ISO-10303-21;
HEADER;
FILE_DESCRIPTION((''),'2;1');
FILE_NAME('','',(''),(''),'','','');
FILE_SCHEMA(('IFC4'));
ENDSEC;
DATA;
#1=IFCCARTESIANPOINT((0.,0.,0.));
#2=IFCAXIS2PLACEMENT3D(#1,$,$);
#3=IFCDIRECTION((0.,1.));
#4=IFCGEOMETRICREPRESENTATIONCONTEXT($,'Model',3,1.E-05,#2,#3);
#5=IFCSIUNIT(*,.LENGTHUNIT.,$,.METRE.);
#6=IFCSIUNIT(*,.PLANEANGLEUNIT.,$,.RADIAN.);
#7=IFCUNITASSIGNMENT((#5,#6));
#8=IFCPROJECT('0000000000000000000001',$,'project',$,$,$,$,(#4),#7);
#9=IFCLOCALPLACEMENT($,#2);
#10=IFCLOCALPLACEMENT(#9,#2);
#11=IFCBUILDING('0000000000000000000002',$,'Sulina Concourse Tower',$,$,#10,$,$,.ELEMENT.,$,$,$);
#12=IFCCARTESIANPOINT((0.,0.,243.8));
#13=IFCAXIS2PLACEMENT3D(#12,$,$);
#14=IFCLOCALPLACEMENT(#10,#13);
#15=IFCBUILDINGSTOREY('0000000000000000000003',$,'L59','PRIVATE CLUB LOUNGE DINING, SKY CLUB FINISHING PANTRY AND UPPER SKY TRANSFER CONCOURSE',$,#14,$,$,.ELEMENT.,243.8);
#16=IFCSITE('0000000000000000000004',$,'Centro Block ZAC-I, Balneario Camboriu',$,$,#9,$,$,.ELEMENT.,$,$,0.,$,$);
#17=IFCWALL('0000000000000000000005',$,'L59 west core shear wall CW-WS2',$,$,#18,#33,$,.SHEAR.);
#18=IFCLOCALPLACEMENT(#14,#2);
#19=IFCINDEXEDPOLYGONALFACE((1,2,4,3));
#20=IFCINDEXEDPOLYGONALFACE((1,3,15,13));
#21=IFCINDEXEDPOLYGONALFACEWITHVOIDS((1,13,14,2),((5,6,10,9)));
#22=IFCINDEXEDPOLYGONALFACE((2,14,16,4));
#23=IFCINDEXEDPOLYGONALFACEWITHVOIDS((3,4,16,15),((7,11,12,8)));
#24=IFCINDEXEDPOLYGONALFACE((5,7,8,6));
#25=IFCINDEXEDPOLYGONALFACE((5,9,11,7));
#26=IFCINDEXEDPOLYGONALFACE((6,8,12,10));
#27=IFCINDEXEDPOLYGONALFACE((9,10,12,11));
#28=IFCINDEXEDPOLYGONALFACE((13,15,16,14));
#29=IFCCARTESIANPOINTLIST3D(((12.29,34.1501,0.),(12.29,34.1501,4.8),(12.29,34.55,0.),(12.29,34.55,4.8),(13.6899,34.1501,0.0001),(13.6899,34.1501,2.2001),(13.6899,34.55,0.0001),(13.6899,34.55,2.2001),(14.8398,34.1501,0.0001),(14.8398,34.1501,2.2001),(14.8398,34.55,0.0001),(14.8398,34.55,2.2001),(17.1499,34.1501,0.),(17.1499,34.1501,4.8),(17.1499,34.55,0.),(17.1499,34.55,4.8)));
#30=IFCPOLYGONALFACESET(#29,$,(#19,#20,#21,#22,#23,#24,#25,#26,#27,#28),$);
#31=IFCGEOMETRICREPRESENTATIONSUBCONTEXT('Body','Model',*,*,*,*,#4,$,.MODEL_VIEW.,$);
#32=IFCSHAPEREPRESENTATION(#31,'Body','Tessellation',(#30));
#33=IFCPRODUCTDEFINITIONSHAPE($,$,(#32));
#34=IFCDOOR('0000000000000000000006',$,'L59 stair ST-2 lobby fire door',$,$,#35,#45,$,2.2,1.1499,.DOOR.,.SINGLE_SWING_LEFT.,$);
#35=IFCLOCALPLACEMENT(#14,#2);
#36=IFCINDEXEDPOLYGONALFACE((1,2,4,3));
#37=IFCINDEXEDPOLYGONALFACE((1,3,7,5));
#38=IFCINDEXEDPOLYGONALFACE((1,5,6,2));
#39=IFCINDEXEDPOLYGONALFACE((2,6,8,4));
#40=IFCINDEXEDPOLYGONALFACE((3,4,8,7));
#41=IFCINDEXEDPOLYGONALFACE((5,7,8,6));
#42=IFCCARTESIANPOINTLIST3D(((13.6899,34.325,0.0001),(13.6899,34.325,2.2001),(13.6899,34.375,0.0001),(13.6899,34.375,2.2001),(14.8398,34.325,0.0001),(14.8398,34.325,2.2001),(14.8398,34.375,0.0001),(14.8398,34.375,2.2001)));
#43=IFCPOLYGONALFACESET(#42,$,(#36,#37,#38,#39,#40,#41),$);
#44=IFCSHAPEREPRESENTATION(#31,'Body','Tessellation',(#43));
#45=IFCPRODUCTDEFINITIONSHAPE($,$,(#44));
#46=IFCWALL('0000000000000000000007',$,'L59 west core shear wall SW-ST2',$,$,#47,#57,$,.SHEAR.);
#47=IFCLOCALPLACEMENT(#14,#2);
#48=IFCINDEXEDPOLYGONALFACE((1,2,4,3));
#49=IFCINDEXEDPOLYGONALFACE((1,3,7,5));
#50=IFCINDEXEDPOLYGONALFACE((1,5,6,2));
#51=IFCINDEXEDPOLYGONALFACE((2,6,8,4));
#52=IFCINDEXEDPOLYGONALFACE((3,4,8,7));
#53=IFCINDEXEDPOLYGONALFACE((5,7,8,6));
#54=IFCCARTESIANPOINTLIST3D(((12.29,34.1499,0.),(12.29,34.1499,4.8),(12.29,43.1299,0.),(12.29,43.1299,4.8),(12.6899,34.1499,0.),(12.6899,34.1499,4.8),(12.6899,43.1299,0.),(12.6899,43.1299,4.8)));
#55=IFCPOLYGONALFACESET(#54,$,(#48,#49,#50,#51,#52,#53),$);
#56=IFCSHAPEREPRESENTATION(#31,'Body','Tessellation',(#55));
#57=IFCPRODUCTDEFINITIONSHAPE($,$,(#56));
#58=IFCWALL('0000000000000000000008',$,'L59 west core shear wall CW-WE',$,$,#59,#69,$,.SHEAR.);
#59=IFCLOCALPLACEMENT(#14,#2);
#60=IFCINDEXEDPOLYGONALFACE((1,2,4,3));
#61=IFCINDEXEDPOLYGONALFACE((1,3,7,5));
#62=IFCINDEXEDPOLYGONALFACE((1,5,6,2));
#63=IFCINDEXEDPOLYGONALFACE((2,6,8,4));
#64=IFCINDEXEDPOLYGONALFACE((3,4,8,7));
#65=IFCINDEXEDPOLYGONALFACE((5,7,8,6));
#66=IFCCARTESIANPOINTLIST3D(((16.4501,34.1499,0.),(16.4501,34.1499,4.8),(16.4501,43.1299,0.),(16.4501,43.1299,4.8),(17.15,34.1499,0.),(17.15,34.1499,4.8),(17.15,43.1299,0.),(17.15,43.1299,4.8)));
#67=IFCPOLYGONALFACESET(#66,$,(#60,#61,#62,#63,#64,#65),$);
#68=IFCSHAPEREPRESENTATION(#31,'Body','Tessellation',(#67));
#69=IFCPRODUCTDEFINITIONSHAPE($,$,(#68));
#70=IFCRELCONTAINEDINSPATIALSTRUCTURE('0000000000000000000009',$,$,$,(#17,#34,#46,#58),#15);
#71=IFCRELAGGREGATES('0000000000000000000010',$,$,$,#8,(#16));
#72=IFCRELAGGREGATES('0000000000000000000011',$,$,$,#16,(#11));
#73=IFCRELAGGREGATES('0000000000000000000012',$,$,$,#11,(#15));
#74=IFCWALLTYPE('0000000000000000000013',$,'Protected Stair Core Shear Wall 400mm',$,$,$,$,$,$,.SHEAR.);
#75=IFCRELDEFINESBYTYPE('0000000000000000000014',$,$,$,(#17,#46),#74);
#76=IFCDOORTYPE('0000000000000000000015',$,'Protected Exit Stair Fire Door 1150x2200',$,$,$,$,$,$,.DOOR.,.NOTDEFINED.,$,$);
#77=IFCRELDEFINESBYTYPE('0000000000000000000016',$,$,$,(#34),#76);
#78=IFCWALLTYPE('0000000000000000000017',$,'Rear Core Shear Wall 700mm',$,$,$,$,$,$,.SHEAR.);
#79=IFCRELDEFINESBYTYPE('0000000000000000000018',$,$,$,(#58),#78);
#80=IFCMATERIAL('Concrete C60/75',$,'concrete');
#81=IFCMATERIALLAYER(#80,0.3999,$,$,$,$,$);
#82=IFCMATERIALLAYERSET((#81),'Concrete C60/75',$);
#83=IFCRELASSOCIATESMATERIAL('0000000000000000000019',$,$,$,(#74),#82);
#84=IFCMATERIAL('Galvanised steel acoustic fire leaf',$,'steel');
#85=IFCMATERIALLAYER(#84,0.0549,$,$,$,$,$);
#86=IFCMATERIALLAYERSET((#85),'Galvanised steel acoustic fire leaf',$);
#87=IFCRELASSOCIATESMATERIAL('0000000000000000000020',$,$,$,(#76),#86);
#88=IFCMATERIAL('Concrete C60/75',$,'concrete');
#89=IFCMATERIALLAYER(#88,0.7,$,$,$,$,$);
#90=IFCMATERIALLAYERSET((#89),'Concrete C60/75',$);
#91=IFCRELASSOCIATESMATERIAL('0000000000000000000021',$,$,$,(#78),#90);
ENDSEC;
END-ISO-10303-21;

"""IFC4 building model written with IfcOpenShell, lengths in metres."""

from ifc_helpers import new_model, si_unit, direction, frame, frame_2d, origin, place, context, subcontext, project, spatial, rectangle, extrude, material, layer, layer_set, type_object, element, fill, save


model = new_model("IFC4")

# Units and contexts
model_context = context("Model", 3, precision=1e-05, world=origin(), true_north=direction((0.0, 1.0)))
body_context = subcontext(model_context, "Body", "Model", "MODEL_VIEW")
ifc_project = project(units=[si_unit("LENGTHUNIT", "METRE"), si_unit("PLANEANGLEUNIT", "RADIAN")], contexts=[model_context])

# Site, building, storey
site_placement = place(None, origin())
site = spatial("IfcSite", under=ifc_project, at=site_placement, Name="Centro Block ZAC-I, Balneario Camboriu", CompositionType="ELEMENT", RefElevation=0.0)
building_placement = place(site_placement, origin())
building = spatial("IfcBuilding", under=site, at=building_placement, Name="Sulina Concourse Tower", CompositionType="ELEMENT")
storey_placement = place(building_placement, frame((0.0, 0.0, 243.8)))
storey = spatial("IfcBuildingStorey", under=building, at=storey_placement, Name="L59", Description="PRIVATE CLUB LOUNGE DINING, SKY CLUB FINISHING PANTRY AND UPPER SKY TRANSFER CONCOURSE", CompositionType="ELEMENT", Elevation=243.8)

# Wall, opening, door
ifc_material_1 = material(Name="Concrete C60/75", Category="concrete")
ifc_layer_1 = layer(ifc_material_1, 0.3999)
ifc_layer_set_1 = layer_set([ifc_layer_1], Name="Concrete C60/75")
wall_type_1 = type_object("IfcWallType", Name="Protected Stair Core Shear Wall 400mm", PredefinedType="SHEAR", material=ifc_layer_set_1)
wall_1_placement = place(storey_placement, frame((12.29, 34.3501, 0.0), z_axis=(0.0, 0.0, 1.0), x_axis=(1.0, 0.0, 0.0)))
wall_1 = element("IfcWall", 1, at=wall_1_placement, inside=storey, type_object=wall_type_1, Name="L59 west core shear wall CW-WS2", PredefinedType="SHEAR", context=body_context, shape_type="SweptSolid", body=[
    extrude(rectangle(XDim=4.8599, YDim=0.3999, at=frame_2d((2.4299, 0.0))), origin(), (0.0, 0.0, 1.0), 4.8),
])
opening_1_placement = place(wall_1_placement, frame((1.3999, 0.0, 0.0)))
opening_1 = element("IfcOpeningElement", 2, at=opening_1_placement, cuts=wall_1, PredefinedType="OPENING", context=body_context, shape_type="SweptSolid", body=[
    extrude(rectangle(XDim=1.1499, YDim=2.2, at=frame_2d((0.575, 1.1001))), frame((0.0, 0.21, 0.0), z_axis=(0.0, -1.0, 0.0), x_axis=(1.0, 0.0, 0.0)), (0.0, 0.0, 1.0), 0.4199),
])
ifc_material_2 = material(Name="Galvanised steel acoustic fire leaf", Category="steel")
ifc_layer_2 = layer(ifc_material_2, 0.0549)
ifc_layer_set_2 = layer_set([ifc_layer_2], Name="Galvanised steel acoustic fire leaf")
door_type_1 = type_object("IfcDoorType", Name="Protected Exit Stair Fire Door 1150x2200", OperationType="NOTDEFINED", PredefinedType="DOOR", material=ifc_layer_set_2)
door_1_placement = place(opening_1_placement, origin())
door_1 = element("IfcDoor", 3, at=door_1_placement, inside=storey, type_object=door_type_1, Name="L59 stair ST-2 lobby fire door", OperationType="SINGLE_SWING_LEFT", OverallHeight=2.2, OverallWidth=1.1499, PredefinedType="DOOR", context=body_context, shape_type="SweptSolid", body=[
    extrude(rectangle(XDim=1.1499, YDim=2.2, at=frame_2d((0.575, 1.1001))), frame((0.0, 0.0249, 0.0), z_axis=(0.0, -1.0, 0.0), x_axis=(1.0, 0.0, 0.0)), (0.0, 0.0, 1.0), 0.05),
])
fill(opening_1, door_1)

# Walls
wall_2_placement = place(storey_placement, frame((12.49, 34.1499, 0.0), z_axis=(0.0, 0.0, 1.0), x_axis=(0.0, 1.0, 0.0)))
element("IfcWall", 4, at=wall_2_placement, inside=storey, type_object=wall_type_1, Name="L59 west core shear wall SW-ST2", PredefinedType="SHEAR", context=body_context, shape_type="SweptSolid", body=[
    extrude(rectangle(XDim=8.98, YDim=0.3999, at=frame_2d((4.49, 0.0))), origin(), (0.0, 0.0, 1.0), 4.8),
])
ifc_material_3 = material(Name="Concrete C60/75", Category="concrete")
ifc_layer_3 = layer(ifc_material_3, 0.7)
ifc_layer_set_3 = layer_set([ifc_layer_3], Name="Concrete C60/75")
wall_type_2 = type_object("IfcWallType", Name="Rear Core Shear Wall 700mm", PredefinedType="SHEAR", material=ifc_layer_set_3)
wall_3_placement = place(storey_placement, frame((16.8, 34.1499, 0.0), z_axis=(0.0, 0.0, 1.0), x_axis=(0.0, 1.0, 0.0)))
element("IfcWall", 5, at=wall_3_placement, inside=storey, type_object=wall_type_2, Name="L59 west core shear wall CW-WE", PredefinedType="SHEAR", context=body_context, shape_type="SweptSolid", body=[
    extrude(rectangle(XDim=8.98, YDim=0.7, at=frame_2d((4.49, 0.0))), origin(), (0.0, 0.0, 1.0), 4.8),
])

save(model, "model.ifc")
